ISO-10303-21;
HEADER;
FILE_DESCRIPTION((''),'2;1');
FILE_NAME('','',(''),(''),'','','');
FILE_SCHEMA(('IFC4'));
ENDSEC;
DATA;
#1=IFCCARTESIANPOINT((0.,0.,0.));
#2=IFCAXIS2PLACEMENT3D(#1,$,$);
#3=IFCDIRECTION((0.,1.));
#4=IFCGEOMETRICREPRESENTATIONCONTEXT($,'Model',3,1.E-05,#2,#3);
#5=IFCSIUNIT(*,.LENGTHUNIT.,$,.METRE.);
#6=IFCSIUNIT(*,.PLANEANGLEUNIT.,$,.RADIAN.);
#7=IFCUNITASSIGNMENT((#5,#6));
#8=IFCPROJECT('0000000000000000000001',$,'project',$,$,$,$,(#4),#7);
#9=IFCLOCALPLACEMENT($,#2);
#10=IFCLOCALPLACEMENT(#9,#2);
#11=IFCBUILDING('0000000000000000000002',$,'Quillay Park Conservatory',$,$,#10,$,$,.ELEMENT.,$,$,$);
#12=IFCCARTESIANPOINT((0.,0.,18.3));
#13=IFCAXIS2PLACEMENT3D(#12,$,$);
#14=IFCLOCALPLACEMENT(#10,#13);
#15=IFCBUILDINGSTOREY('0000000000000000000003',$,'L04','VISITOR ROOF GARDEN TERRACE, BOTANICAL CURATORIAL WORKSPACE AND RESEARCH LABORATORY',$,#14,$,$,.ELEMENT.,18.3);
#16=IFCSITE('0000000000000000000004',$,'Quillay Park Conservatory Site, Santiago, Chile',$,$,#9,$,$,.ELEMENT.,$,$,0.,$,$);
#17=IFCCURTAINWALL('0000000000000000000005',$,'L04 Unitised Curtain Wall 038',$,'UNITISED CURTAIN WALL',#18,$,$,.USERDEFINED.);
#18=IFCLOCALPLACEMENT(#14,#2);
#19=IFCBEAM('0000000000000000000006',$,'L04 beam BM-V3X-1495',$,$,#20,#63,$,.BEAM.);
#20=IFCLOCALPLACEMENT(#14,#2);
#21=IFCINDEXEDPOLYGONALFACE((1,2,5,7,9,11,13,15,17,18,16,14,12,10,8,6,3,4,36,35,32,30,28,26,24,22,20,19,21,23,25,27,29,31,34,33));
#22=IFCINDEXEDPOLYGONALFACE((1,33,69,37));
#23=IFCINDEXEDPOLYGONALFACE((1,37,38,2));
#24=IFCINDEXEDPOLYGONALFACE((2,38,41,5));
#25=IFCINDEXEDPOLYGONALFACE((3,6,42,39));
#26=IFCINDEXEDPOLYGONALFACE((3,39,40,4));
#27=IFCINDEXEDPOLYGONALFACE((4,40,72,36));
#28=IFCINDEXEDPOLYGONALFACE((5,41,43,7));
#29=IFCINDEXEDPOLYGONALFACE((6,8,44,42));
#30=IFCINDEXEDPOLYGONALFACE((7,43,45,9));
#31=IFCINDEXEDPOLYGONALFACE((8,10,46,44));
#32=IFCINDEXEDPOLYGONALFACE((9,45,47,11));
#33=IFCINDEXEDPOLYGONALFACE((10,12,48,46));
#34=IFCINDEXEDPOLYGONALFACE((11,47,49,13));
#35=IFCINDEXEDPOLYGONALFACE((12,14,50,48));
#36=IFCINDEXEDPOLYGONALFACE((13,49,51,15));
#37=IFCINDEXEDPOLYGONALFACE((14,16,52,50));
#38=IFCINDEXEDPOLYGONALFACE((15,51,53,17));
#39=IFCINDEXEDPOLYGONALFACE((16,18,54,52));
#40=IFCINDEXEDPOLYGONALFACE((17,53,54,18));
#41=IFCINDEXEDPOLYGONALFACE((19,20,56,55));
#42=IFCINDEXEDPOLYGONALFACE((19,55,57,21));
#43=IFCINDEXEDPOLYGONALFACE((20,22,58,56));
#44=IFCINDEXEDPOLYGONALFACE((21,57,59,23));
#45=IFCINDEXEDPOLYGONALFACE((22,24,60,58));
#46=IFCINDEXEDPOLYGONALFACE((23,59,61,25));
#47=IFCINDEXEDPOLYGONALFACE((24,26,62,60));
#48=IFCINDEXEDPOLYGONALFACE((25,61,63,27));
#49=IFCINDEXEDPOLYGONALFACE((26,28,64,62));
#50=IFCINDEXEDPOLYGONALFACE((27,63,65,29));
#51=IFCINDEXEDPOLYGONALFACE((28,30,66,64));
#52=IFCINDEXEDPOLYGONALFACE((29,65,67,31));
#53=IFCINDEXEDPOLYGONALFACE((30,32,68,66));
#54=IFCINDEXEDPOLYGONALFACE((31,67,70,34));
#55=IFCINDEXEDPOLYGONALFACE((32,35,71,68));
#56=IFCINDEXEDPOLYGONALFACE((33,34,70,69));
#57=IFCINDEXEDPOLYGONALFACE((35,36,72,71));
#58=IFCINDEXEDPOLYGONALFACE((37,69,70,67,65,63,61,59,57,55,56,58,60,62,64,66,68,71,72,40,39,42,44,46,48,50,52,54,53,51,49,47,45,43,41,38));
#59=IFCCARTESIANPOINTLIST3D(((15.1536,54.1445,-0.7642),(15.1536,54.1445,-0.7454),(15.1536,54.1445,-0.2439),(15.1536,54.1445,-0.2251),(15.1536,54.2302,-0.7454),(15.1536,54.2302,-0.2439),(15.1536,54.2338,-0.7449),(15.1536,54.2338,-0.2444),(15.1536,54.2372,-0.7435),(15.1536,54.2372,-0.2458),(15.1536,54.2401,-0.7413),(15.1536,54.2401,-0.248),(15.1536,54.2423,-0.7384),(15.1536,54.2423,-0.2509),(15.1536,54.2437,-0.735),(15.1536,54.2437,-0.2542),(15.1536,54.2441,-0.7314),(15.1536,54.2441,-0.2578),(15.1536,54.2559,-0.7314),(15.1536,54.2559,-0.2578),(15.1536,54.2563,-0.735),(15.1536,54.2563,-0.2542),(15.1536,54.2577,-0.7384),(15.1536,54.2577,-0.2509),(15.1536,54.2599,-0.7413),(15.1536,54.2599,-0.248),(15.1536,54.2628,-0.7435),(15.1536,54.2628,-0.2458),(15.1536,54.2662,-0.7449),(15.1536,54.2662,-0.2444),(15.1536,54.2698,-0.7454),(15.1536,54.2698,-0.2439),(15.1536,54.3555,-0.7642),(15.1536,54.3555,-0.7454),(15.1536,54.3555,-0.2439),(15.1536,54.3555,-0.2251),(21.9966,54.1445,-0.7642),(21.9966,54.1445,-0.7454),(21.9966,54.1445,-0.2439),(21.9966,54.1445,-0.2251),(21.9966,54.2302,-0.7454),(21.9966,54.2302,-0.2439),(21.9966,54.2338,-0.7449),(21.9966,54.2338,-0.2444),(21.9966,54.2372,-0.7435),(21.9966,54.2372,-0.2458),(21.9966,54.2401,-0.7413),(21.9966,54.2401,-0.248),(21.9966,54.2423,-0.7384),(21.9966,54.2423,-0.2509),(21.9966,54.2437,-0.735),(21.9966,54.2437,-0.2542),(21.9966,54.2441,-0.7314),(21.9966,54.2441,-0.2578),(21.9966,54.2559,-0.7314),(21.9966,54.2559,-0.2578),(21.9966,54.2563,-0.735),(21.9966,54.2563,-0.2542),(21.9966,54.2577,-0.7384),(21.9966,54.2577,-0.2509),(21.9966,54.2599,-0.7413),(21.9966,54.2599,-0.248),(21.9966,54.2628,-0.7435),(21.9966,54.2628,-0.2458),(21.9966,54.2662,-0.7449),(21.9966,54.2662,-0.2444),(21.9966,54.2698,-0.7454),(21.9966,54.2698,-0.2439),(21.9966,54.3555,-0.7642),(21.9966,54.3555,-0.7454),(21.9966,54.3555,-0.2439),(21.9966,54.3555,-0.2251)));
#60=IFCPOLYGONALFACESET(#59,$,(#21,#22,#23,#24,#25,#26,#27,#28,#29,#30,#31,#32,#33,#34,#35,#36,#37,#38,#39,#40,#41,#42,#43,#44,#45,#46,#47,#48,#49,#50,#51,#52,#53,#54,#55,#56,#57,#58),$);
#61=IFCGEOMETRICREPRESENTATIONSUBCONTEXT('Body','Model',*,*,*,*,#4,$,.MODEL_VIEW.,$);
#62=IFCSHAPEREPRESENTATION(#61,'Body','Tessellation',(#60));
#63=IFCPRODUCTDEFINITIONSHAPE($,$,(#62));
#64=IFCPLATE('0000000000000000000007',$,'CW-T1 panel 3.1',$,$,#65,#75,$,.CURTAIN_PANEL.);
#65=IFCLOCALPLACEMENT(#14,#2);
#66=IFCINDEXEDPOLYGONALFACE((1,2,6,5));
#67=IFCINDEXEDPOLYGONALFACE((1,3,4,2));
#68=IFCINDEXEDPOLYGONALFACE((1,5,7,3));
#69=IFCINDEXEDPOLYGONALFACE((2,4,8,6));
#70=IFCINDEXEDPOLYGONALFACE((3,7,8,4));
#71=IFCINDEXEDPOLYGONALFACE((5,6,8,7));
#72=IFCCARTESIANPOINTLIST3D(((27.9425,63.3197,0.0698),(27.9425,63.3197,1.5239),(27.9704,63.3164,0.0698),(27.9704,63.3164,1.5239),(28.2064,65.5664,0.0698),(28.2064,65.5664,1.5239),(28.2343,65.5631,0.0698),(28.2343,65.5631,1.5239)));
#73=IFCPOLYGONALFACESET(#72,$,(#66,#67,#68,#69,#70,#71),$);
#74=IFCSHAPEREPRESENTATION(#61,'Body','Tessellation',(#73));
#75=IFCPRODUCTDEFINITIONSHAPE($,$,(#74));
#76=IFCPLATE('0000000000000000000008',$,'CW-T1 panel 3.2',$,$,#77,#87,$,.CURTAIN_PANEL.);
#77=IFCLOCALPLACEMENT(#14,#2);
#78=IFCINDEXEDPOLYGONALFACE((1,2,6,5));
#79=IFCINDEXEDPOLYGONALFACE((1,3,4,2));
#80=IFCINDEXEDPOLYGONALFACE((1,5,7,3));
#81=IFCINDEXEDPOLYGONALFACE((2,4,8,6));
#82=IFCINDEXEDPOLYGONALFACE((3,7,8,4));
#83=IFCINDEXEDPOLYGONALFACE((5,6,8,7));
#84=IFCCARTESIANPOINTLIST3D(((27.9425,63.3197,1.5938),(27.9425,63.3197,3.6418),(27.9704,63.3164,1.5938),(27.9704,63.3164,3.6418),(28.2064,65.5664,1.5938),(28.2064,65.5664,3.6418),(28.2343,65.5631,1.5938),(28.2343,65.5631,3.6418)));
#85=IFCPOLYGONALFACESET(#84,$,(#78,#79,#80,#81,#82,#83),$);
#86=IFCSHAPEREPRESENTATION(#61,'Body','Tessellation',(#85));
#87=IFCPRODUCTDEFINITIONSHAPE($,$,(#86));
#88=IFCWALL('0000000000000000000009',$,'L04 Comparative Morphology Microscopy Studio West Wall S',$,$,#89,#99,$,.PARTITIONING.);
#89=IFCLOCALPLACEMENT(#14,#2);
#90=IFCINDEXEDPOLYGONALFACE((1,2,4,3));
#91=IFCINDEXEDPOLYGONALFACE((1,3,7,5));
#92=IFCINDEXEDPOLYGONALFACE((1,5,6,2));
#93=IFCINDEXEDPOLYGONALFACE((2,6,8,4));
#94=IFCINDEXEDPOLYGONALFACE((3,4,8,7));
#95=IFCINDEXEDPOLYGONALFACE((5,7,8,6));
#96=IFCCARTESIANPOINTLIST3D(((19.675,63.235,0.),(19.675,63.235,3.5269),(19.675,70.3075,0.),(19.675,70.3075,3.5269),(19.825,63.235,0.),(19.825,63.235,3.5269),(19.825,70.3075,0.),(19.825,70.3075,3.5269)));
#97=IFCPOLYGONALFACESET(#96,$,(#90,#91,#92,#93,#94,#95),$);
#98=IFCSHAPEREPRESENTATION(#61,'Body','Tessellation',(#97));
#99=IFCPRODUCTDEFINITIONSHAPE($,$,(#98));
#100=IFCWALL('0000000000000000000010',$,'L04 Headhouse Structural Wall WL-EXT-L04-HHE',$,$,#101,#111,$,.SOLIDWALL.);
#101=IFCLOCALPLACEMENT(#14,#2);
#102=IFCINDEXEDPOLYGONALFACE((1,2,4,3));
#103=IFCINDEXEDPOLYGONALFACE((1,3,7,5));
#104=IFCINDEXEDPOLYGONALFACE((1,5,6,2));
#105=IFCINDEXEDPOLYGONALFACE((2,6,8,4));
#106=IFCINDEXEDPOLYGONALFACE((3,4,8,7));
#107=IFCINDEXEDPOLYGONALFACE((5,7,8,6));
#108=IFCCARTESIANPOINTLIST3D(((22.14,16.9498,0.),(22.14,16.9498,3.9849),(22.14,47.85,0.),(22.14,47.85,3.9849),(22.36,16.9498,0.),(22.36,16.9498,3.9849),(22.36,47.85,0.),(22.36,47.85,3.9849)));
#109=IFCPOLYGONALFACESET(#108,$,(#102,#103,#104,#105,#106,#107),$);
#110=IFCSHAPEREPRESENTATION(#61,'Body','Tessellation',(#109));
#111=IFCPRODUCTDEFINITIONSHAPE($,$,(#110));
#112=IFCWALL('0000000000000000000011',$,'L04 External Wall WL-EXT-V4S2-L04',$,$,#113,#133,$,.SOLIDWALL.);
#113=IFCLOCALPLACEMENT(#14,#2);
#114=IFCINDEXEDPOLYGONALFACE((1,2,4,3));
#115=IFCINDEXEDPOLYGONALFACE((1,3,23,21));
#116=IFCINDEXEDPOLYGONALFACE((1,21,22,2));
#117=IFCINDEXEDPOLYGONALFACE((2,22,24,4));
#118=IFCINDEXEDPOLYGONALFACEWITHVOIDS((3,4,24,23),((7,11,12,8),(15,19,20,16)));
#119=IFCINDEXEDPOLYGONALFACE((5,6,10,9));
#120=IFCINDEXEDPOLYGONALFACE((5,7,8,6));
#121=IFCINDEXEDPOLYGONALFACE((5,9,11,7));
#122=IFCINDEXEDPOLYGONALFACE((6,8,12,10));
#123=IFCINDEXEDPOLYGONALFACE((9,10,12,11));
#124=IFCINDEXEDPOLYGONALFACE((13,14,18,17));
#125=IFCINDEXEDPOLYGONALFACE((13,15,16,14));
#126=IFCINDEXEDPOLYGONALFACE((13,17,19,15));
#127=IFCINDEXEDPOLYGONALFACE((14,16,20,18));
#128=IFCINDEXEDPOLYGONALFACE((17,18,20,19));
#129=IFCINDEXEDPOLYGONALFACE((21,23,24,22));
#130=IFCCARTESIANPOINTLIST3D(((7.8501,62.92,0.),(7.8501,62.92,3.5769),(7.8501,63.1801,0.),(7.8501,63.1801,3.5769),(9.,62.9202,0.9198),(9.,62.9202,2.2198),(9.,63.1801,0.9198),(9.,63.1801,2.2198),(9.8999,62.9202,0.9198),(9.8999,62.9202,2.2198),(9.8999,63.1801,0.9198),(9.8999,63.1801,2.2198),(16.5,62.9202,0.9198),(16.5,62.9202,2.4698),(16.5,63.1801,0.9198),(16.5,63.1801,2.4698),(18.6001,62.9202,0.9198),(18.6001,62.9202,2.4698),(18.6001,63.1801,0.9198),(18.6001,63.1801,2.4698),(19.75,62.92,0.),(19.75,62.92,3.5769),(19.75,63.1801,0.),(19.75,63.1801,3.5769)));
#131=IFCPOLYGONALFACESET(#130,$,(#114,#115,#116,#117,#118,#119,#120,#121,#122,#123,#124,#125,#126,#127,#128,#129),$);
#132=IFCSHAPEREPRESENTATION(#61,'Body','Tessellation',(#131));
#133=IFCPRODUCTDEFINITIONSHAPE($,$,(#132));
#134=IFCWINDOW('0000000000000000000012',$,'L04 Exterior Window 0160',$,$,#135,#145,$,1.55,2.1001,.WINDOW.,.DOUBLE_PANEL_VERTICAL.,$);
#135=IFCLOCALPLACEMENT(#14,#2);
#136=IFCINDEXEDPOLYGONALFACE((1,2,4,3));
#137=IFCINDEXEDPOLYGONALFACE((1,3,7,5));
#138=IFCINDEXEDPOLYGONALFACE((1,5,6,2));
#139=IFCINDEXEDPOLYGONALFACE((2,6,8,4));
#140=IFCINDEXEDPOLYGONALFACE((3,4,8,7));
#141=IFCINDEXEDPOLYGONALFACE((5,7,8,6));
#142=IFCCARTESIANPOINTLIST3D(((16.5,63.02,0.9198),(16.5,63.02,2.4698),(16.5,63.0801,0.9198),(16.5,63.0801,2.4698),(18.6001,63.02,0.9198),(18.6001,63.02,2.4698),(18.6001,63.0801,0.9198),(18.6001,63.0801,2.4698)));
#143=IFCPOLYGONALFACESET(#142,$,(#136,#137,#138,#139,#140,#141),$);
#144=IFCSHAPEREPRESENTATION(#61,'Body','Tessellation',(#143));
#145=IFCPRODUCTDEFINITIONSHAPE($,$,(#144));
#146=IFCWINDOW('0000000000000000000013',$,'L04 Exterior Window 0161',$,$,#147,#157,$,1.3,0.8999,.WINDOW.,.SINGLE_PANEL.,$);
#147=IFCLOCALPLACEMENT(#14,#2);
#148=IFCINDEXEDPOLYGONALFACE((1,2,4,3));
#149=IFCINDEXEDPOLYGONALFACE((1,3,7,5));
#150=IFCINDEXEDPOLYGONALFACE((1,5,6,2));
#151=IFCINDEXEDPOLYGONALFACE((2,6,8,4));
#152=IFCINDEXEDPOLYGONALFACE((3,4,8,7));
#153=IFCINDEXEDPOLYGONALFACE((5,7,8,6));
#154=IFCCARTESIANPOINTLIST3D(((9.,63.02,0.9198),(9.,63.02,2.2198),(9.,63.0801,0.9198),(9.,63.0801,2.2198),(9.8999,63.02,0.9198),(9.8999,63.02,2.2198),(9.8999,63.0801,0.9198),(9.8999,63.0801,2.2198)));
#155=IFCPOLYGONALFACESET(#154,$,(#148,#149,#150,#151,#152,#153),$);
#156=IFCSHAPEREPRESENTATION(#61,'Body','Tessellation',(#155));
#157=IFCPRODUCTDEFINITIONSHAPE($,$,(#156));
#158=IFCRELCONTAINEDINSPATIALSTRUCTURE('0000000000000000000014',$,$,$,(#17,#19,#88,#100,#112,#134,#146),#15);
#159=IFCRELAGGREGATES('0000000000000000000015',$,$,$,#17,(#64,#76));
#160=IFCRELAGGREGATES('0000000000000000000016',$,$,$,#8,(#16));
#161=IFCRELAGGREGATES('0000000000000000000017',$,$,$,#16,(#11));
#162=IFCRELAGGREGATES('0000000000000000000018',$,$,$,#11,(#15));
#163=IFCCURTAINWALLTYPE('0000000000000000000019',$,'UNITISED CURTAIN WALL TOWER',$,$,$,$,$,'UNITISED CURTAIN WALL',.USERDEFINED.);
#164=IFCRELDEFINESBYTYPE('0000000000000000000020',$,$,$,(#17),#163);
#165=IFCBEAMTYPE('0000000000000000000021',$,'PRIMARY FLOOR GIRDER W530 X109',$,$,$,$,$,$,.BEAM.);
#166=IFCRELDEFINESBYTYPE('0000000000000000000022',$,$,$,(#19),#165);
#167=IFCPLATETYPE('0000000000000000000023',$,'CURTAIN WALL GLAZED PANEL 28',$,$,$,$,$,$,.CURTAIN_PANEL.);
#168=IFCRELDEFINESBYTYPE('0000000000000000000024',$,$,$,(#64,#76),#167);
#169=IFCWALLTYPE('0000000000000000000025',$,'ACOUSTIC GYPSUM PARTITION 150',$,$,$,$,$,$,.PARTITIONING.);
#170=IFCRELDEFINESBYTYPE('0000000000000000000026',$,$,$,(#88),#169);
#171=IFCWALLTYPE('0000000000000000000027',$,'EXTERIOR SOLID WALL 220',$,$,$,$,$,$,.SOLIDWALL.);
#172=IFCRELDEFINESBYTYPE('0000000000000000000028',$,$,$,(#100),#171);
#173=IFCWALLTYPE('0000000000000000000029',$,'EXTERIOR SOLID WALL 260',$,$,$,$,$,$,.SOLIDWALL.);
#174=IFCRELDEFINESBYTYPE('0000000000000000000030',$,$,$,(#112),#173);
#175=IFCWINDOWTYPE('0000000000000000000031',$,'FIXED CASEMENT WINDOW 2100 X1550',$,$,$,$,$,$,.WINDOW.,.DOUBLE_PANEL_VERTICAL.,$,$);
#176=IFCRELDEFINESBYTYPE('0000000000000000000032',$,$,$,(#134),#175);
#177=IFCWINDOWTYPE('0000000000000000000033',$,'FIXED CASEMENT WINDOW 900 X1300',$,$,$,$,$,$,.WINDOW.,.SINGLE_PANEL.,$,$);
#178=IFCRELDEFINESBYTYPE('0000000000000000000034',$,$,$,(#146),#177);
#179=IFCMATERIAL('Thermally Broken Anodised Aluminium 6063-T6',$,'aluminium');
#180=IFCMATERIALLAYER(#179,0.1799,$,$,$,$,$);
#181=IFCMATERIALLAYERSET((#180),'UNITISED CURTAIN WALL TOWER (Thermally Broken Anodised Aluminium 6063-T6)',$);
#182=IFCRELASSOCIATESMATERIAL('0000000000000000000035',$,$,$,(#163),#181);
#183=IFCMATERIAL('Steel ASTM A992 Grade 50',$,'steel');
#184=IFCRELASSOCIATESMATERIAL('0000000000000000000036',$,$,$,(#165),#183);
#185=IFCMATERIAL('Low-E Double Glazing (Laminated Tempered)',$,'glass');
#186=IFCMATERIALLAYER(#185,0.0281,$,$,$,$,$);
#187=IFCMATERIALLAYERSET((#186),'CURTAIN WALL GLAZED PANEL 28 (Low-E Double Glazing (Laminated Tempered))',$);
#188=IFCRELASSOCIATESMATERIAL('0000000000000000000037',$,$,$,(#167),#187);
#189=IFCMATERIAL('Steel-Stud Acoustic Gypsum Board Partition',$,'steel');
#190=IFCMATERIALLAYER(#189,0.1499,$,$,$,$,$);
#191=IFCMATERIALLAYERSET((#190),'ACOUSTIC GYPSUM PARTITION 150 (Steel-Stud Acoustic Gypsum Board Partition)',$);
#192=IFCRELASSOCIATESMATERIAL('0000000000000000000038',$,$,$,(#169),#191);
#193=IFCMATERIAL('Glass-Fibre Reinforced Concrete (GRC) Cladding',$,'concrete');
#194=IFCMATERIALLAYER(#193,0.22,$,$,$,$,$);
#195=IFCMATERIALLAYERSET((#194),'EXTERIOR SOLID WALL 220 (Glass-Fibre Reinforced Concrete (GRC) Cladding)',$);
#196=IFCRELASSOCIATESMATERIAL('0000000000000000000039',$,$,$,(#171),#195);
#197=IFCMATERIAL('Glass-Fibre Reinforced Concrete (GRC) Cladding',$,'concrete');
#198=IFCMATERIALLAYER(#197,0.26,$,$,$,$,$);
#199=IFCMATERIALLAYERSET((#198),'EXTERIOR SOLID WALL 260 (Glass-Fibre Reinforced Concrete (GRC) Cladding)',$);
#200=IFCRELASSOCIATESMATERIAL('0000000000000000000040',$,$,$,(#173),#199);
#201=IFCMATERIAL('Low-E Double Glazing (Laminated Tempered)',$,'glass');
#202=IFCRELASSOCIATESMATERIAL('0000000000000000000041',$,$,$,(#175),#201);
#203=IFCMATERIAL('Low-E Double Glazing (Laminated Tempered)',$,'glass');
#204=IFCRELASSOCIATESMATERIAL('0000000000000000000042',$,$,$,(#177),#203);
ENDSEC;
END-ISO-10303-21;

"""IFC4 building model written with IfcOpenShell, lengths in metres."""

from ifc_helpers import new_model, si_unit, direction, frame, frame_2d, origin, origin_2d, place, context, subcontext, project, spatial, rectangle, i_section, extrude, material, layer, layer_set, material_profile, profile_set, type_object, element, fill, aggregate, save


model = new_model("IFC4")

# Units and contexts
model_context = context("Model", 3, precision=1e-05, world=origin(), true_north=direction((0.0, 1.0)))
body_context = subcontext(model_context, "Body", "Model", "MODEL_VIEW")
ifc_project = project(units=[si_unit("LENGTHUNIT", "METRE"), si_unit("PLANEANGLEUNIT", "RADIAN")], contexts=[model_context])

# Site, building, storey
site_placement = place(None, origin())
site = spatial("IfcSite", under=ifc_project, at=site_placement, Name="Quillay Park Conservatory Site, Santiago, Chile", CompositionType="ELEMENT", RefElevation=0.0)
building_placement = place(site_placement, origin())
building = spatial("IfcBuilding", under=site, at=building_placement, Name="Quillay Park Conservatory", CompositionType="ELEMENT")
storey_placement = place(building_placement, frame((0.0, 0.0, 18.3)))
storey = spatial("IfcBuildingStorey", under=building, at=storey_placement, Name="L04", Description="VISITOR ROOF GARDEN TERRACE, BOTANICAL CURATORIAL WORKSPACE AND RESEARCH LABORATORY", CompositionType="ELEMENT", Elevation=18.3)

# Curtain wall
ifc_material_1 = material(Name="Thermally Broken Anodised Aluminium 6063-T6", Category="aluminium")
ifc_layer_1 = layer(ifc_material_1, 0.1799)
ifc_layer_set_1 = layer_set([ifc_layer_1], Name="UNITISED CURTAIN WALL TOWER (Thermally Broken Anodised Aluminium 6063-T6)")
curtain_wall_type = type_object("IfcCurtainWallType", Name="UNITISED CURTAIN WALL TOWER", ElementType="UNITISED CURTAIN WALL", PredefinedType="USERDEFINED", material=ifc_layer_set_1)
curtain_wall_placement = place(storey_placement, origin())
curtain_wall = element("IfcCurtainWall", 1, at=curtain_wall_placement, inside=storey, type_object=curtain_wall_type, Name="L04 Unitised Curtain Wall 038", ObjectType="UNITISED CURTAIN WALL", PredefinedType="USERDEFINED")

# Beam
ifc_material_2 = material(Name="Steel ASTM A992 Grade 50", Category="steel")
ifc_material_profile_1 = material_profile(ifc_material_2, i_section(OverallWidth=0.2109, OverallDepth=0.5391, WebThickness=0.0117, FlangeThickness=0.0188, FilletRadius=0.0139, at=origin_2d()), Name="W530x109")
ifc_profile_set_1 = profile_set([ifc_material_profile_1], Name="Steel ASTM A992 Grade 50")
beam_type_1 = type_object("IfcBeamType", Name="PRIMARY FLOOR GIRDER W530 X109", PredefinedType="BEAM", material=ifc_profile_set_1)
beam_1_placement = place(storey_placement, frame((15.1536, 54.25, -0.4946), z_axis=(1.0, 0.0, 0.0), x_axis=(0.0, 1.0, 0.0)))
element("IfcBeam", 2, at=beam_1_placement, inside=storey, type_object=beam_type_1, Name="L04 beam BM-V3X-1495", PredefinedType="BEAM", context=body_context, shape_type="SweptSolid", body=[
    extrude(i_section(OverallWidth=0.2109, OverallDepth=0.5391, WebThickness=0.0117, FlangeThickness=0.0188, FilletRadius=0.0139, at=origin_2d()), origin(), (0.0, 0.0, 1.0), 6.843),
])

# Plates
ifc_material_3 = material(Name="Low-E Double Glazing (Laminated Tempered)", Category="glass")
ifc_layer_2 = layer(ifc_material_3, 0.0281)
ifc_layer_set_2 = layer_set([ifc_layer_2], Name="CURTAIN WALL GLAZED PANEL 28 (Low-E Double Glazing (Laminated Tempered))")
plate_type = type_object("IfcPlateType", Name="CURTAIN WALL GLAZED PANEL 28", PredefinedType="CURTAIN_PANEL", material=ifc_layer_set_2)
plate_1_placement = place(storey_placement, frame((28.0884, 64.4414, 0.0698), z_axis=(0.0, 0.0, 1.0), x_axis=(-0.116655, -0.993173, 0.0)))
plate_1 = element("IfcPlate", 3, at=plate_1_placement, type_object=plate_type, Name="CW-T1 panel 3.1", PredefinedType="CURTAIN_PANEL", context=body_context, shape_type="SweptSolid", body=[
    extrude(rectangle(XDim=2.2622, YDim=0.0281, at=origin_2d()), origin(), (0.0, 0.0, 1.0), 1.4541),
])
plate_2_placement = place(storey_placement, frame((28.0884, 64.4414, 1.5938), z_axis=(0.0, 0.0, 1.0), x_axis=(-0.116655, -0.993173, 0.0)))
plate_2 = element("IfcPlate", 4, at=plate_2_placement, type_object=plate_type, Name="CW-T1 panel 3.2", PredefinedType="CURTAIN_PANEL", context=body_context, shape_type="SweptSolid", body=[
    extrude(rectangle(XDim=2.2622, YDim=0.0281, at=origin_2d()), origin(), (0.0, 0.0, 1.0), 2.0481),
])
aggregate(curtain_wall, [plate_1, plate_2])

# Walls
ifc_material_4 = material(Name="Steel-Stud Acoustic Gypsum Board Partition", Category="steel")
ifc_layer_3 = layer(ifc_material_4, 0.1499)
ifc_layer_set_3 = layer_set([ifc_layer_3], Name="ACOUSTIC GYPSUM PARTITION 150 (Steel-Stud Acoustic Gypsum Board Partition)")
wall_type_1 = type_object("IfcWallType", Name="ACOUSTIC GYPSUM PARTITION 150", PredefinedType="PARTITIONING", material=ifc_layer_set_3)
wall_1_placement = place(storey_placement, frame((19.75, 63.2351, 0.0), z_axis=(0.0, 0.0, 1.0), x_axis=(0.0, 1.0, 0.0)))
element("IfcWall", 5, at=wall_1_placement, inside=storey, type_object=wall_type_1, Name="L04 Comparative Morphology Microscopy Studio West Wall S", PredefinedType="PARTITIONING", context=body_context, shape_type="SweptSolid", body=[
    extrude(rectangle(XDim=7.0725, YDim=0.1499, at=frame_2d((3.5361, 0.0))), origin(), (0.0, 0.0, 1.0), 3.5269),
])
ifc_material_5 = material(Name="Glass-Fibre Reinforced Concrete (GRC) Cladding", Category="concrete")
ifc_layer_4 = layer(ifc_material_5, 0.22)
ifc_layer_set_4 = layer_set([ifc_layer_4], Name="EXTERIOR SOLID WALL 220 (Glass-Fibre Reinforced Concrete (GRC) Cladding)")
wall_type_2 = type_object("IfcWallType", Name="EXTERIOR SOLID WALL 220", PredefinedType="SOLIDWALL", material=ifc_layer_set_4)
wall_2_placement = place(storey_placement, frame((22.25, 47.8501, 0.0), z_axis=(0.0, 0.0, 1.0), x_axis=(0.0, -1.0, 0.0)))
element("IfcWall", 6, at=wall_2_placement, inside=storey, type_object=wall_type_2, Name="L04 Headhouse Structural Wall WL-EXT-L04-HHE", PredefinedType="SOLIDWALL", context=body_context, shape_type="SweptSolid", body=[
    extrude(rectangle(XDim=30.9001, YDim=0.22, at=frame_2d((15.4502, 0.0))), origin(), (0.0, 0.0, 1.0), 3.9849),
])

# Wall, openings, windows
ifc_material_6 = material(Name="Glass-Fibre Reinforced Concrete (GRC) Cladding", Category="concrete")
ifc_layer_5 = layer(ifc_material_6, 0.26)
ifc_layer_set_5 = layer_set([ifc_layer_5], Name="EXTERIOR SOLID WALL 260 (Glass-Fibre Reinforced Concrete (GRC) Cladding)")
wall_type_3 = type_object("IfcWallType", Name="EXTERIOR SOLID WALL 260", PredefinedType="SOLIDWALL", material=ifc_layer_set_5)
wall_3_placement = place(storey_placement, frame((19.75, 63.05, 0.0), z_axis=(0.0, 0.0, 1.0), x_axis=(-1.0, 0.0, 0.0)))
wall_3 = element("IfcWall", 7, at=wall_3_placement, inside=storey, type_object=wall_type_3, Name="L04 External Wall WL-EXT-V4S2-L04", PredefinedType="SOLIDWALL", context=body_context, shape_type="SweptSolid", body=[
    extrude(rectangle(XDim=11.8999, YDim=0.26, at=frame_2d((5.95, 0.0))), origin(), (0.0, 0.0, 1.0), 3.5769),
])
opening_1_placement = place(wall_3_placement, frame((1.1499, 0.0, 0.9199)))
opening_1 = element("IfcOpeningElement", 8, at=opening_1_placement, cuts=wall_3, PredefinedType="OPENING", context=body_context, shape_type="SweptSolid", body=[
    extrude(rectangle(XDim=2.1001, YDim=1.55, at=frame_2d((1.05, 0.7749))), frame((0.0, 0.1299, 0.0), z_axis=(0.0, -1.0, 0.0), x_axis=(1.0, 0.0, 0.0)), (0.0, 0.0, 1.0), 0.26),
])
opening_2_placement = place(wall_3_placement, frame((9.8501, 0.0, 0.9199)))
opening_2 = element("IfcOpeningElement", 9, at=opening_2_placement, cuts=wall_3, PredefinedType="OPENING", context=body_context, shape_type="SweptSolid", body=[
    extrude(rectangle(XDim=0.8999, YDim=1.3, at=frame_2d((0.45, 0.6499))), frame((0.0, 0.1299, 0.0), z_axis=(0.0, -1.0, 0.0), x_axis=(1.0, 0.0, 0.0)), (0.0, 0.0, 1.0), 0.26),
])
ifc_material_7 = material(Name="Low-E Double Glazing (Laminated Tempered)", Category="glass")
window_type_1 = type_object("IfcWindowType", Name="FIXED CASEMENT WINDOW 2100 X1550", PartitioningType="DOUBLE_PANEL_VERTICAL", PredefinedType="WINDOW", material=ifc_material_7)
window_1_placement = place(opening_1_placement, origin())
window_1 = element("IfcWindow", 10, at=window_1_placement, inside=storey, type_object=window_type_1, Name="L04 Exterior Window 0160", OverallHeight=1.55, OverallWidth=2.1001, PartitioningType="DOUBLE_PANEL_VERTICAL", PredefinedType="WINDOW", context=body_context, shape_type="SweptSolid", body=[
    extrude(rectangle(XDim=2.1001, YDim=1.55, at=frame_2d((1.05, 0.7749))), frame((0.0, 0.03, 0.0), z_axis=(0.0, -1.0, 0.0), x_axis=(1.0, 0.0, 0.0)), (0.0, 0.0, 1.0), 0.0601),
])
fill(opening_1, window_1)
ifc_material_8 = material(Name="Low-E Double Glazing (Laminated Tempered)", Category="glass")
window_type_2 = type_object("IfcWindowType", Name="FIXED CASEMENT WINDOW 900 X1300", PartitioningType="SINGLE_PANEL", PredefinedType="WINDOW", material=ifc_material_8)
window_2_placement = place(opening_2_placement, origin())
window_2 = element("IfcWindow", 11, at=window_2_placement, inside=storey, type_object=window_type_2, Name="L04 Exterior Window 0161", OverallHeight=1.3, OverallWidth=0.8999, PartitioningType="SINGLE_PANEL", PredefinedType="WINDOW", context=body_context, shape_type="SweptSolid", body=[
    extrude(rectangle(XDim=0.8999, YDim=1.3, at=frame_2d((0.45, 0.6499))), frame((0.0, 0.03, 0.0), z_axis=(0.0, -1.0, 0.0), x_axis=(1.0, 0.0, 0.0)), (0.0, 0.0, 1.0), 0.0601),
])
fill(opening_2, window_2)

save(model, "model.ifc")
